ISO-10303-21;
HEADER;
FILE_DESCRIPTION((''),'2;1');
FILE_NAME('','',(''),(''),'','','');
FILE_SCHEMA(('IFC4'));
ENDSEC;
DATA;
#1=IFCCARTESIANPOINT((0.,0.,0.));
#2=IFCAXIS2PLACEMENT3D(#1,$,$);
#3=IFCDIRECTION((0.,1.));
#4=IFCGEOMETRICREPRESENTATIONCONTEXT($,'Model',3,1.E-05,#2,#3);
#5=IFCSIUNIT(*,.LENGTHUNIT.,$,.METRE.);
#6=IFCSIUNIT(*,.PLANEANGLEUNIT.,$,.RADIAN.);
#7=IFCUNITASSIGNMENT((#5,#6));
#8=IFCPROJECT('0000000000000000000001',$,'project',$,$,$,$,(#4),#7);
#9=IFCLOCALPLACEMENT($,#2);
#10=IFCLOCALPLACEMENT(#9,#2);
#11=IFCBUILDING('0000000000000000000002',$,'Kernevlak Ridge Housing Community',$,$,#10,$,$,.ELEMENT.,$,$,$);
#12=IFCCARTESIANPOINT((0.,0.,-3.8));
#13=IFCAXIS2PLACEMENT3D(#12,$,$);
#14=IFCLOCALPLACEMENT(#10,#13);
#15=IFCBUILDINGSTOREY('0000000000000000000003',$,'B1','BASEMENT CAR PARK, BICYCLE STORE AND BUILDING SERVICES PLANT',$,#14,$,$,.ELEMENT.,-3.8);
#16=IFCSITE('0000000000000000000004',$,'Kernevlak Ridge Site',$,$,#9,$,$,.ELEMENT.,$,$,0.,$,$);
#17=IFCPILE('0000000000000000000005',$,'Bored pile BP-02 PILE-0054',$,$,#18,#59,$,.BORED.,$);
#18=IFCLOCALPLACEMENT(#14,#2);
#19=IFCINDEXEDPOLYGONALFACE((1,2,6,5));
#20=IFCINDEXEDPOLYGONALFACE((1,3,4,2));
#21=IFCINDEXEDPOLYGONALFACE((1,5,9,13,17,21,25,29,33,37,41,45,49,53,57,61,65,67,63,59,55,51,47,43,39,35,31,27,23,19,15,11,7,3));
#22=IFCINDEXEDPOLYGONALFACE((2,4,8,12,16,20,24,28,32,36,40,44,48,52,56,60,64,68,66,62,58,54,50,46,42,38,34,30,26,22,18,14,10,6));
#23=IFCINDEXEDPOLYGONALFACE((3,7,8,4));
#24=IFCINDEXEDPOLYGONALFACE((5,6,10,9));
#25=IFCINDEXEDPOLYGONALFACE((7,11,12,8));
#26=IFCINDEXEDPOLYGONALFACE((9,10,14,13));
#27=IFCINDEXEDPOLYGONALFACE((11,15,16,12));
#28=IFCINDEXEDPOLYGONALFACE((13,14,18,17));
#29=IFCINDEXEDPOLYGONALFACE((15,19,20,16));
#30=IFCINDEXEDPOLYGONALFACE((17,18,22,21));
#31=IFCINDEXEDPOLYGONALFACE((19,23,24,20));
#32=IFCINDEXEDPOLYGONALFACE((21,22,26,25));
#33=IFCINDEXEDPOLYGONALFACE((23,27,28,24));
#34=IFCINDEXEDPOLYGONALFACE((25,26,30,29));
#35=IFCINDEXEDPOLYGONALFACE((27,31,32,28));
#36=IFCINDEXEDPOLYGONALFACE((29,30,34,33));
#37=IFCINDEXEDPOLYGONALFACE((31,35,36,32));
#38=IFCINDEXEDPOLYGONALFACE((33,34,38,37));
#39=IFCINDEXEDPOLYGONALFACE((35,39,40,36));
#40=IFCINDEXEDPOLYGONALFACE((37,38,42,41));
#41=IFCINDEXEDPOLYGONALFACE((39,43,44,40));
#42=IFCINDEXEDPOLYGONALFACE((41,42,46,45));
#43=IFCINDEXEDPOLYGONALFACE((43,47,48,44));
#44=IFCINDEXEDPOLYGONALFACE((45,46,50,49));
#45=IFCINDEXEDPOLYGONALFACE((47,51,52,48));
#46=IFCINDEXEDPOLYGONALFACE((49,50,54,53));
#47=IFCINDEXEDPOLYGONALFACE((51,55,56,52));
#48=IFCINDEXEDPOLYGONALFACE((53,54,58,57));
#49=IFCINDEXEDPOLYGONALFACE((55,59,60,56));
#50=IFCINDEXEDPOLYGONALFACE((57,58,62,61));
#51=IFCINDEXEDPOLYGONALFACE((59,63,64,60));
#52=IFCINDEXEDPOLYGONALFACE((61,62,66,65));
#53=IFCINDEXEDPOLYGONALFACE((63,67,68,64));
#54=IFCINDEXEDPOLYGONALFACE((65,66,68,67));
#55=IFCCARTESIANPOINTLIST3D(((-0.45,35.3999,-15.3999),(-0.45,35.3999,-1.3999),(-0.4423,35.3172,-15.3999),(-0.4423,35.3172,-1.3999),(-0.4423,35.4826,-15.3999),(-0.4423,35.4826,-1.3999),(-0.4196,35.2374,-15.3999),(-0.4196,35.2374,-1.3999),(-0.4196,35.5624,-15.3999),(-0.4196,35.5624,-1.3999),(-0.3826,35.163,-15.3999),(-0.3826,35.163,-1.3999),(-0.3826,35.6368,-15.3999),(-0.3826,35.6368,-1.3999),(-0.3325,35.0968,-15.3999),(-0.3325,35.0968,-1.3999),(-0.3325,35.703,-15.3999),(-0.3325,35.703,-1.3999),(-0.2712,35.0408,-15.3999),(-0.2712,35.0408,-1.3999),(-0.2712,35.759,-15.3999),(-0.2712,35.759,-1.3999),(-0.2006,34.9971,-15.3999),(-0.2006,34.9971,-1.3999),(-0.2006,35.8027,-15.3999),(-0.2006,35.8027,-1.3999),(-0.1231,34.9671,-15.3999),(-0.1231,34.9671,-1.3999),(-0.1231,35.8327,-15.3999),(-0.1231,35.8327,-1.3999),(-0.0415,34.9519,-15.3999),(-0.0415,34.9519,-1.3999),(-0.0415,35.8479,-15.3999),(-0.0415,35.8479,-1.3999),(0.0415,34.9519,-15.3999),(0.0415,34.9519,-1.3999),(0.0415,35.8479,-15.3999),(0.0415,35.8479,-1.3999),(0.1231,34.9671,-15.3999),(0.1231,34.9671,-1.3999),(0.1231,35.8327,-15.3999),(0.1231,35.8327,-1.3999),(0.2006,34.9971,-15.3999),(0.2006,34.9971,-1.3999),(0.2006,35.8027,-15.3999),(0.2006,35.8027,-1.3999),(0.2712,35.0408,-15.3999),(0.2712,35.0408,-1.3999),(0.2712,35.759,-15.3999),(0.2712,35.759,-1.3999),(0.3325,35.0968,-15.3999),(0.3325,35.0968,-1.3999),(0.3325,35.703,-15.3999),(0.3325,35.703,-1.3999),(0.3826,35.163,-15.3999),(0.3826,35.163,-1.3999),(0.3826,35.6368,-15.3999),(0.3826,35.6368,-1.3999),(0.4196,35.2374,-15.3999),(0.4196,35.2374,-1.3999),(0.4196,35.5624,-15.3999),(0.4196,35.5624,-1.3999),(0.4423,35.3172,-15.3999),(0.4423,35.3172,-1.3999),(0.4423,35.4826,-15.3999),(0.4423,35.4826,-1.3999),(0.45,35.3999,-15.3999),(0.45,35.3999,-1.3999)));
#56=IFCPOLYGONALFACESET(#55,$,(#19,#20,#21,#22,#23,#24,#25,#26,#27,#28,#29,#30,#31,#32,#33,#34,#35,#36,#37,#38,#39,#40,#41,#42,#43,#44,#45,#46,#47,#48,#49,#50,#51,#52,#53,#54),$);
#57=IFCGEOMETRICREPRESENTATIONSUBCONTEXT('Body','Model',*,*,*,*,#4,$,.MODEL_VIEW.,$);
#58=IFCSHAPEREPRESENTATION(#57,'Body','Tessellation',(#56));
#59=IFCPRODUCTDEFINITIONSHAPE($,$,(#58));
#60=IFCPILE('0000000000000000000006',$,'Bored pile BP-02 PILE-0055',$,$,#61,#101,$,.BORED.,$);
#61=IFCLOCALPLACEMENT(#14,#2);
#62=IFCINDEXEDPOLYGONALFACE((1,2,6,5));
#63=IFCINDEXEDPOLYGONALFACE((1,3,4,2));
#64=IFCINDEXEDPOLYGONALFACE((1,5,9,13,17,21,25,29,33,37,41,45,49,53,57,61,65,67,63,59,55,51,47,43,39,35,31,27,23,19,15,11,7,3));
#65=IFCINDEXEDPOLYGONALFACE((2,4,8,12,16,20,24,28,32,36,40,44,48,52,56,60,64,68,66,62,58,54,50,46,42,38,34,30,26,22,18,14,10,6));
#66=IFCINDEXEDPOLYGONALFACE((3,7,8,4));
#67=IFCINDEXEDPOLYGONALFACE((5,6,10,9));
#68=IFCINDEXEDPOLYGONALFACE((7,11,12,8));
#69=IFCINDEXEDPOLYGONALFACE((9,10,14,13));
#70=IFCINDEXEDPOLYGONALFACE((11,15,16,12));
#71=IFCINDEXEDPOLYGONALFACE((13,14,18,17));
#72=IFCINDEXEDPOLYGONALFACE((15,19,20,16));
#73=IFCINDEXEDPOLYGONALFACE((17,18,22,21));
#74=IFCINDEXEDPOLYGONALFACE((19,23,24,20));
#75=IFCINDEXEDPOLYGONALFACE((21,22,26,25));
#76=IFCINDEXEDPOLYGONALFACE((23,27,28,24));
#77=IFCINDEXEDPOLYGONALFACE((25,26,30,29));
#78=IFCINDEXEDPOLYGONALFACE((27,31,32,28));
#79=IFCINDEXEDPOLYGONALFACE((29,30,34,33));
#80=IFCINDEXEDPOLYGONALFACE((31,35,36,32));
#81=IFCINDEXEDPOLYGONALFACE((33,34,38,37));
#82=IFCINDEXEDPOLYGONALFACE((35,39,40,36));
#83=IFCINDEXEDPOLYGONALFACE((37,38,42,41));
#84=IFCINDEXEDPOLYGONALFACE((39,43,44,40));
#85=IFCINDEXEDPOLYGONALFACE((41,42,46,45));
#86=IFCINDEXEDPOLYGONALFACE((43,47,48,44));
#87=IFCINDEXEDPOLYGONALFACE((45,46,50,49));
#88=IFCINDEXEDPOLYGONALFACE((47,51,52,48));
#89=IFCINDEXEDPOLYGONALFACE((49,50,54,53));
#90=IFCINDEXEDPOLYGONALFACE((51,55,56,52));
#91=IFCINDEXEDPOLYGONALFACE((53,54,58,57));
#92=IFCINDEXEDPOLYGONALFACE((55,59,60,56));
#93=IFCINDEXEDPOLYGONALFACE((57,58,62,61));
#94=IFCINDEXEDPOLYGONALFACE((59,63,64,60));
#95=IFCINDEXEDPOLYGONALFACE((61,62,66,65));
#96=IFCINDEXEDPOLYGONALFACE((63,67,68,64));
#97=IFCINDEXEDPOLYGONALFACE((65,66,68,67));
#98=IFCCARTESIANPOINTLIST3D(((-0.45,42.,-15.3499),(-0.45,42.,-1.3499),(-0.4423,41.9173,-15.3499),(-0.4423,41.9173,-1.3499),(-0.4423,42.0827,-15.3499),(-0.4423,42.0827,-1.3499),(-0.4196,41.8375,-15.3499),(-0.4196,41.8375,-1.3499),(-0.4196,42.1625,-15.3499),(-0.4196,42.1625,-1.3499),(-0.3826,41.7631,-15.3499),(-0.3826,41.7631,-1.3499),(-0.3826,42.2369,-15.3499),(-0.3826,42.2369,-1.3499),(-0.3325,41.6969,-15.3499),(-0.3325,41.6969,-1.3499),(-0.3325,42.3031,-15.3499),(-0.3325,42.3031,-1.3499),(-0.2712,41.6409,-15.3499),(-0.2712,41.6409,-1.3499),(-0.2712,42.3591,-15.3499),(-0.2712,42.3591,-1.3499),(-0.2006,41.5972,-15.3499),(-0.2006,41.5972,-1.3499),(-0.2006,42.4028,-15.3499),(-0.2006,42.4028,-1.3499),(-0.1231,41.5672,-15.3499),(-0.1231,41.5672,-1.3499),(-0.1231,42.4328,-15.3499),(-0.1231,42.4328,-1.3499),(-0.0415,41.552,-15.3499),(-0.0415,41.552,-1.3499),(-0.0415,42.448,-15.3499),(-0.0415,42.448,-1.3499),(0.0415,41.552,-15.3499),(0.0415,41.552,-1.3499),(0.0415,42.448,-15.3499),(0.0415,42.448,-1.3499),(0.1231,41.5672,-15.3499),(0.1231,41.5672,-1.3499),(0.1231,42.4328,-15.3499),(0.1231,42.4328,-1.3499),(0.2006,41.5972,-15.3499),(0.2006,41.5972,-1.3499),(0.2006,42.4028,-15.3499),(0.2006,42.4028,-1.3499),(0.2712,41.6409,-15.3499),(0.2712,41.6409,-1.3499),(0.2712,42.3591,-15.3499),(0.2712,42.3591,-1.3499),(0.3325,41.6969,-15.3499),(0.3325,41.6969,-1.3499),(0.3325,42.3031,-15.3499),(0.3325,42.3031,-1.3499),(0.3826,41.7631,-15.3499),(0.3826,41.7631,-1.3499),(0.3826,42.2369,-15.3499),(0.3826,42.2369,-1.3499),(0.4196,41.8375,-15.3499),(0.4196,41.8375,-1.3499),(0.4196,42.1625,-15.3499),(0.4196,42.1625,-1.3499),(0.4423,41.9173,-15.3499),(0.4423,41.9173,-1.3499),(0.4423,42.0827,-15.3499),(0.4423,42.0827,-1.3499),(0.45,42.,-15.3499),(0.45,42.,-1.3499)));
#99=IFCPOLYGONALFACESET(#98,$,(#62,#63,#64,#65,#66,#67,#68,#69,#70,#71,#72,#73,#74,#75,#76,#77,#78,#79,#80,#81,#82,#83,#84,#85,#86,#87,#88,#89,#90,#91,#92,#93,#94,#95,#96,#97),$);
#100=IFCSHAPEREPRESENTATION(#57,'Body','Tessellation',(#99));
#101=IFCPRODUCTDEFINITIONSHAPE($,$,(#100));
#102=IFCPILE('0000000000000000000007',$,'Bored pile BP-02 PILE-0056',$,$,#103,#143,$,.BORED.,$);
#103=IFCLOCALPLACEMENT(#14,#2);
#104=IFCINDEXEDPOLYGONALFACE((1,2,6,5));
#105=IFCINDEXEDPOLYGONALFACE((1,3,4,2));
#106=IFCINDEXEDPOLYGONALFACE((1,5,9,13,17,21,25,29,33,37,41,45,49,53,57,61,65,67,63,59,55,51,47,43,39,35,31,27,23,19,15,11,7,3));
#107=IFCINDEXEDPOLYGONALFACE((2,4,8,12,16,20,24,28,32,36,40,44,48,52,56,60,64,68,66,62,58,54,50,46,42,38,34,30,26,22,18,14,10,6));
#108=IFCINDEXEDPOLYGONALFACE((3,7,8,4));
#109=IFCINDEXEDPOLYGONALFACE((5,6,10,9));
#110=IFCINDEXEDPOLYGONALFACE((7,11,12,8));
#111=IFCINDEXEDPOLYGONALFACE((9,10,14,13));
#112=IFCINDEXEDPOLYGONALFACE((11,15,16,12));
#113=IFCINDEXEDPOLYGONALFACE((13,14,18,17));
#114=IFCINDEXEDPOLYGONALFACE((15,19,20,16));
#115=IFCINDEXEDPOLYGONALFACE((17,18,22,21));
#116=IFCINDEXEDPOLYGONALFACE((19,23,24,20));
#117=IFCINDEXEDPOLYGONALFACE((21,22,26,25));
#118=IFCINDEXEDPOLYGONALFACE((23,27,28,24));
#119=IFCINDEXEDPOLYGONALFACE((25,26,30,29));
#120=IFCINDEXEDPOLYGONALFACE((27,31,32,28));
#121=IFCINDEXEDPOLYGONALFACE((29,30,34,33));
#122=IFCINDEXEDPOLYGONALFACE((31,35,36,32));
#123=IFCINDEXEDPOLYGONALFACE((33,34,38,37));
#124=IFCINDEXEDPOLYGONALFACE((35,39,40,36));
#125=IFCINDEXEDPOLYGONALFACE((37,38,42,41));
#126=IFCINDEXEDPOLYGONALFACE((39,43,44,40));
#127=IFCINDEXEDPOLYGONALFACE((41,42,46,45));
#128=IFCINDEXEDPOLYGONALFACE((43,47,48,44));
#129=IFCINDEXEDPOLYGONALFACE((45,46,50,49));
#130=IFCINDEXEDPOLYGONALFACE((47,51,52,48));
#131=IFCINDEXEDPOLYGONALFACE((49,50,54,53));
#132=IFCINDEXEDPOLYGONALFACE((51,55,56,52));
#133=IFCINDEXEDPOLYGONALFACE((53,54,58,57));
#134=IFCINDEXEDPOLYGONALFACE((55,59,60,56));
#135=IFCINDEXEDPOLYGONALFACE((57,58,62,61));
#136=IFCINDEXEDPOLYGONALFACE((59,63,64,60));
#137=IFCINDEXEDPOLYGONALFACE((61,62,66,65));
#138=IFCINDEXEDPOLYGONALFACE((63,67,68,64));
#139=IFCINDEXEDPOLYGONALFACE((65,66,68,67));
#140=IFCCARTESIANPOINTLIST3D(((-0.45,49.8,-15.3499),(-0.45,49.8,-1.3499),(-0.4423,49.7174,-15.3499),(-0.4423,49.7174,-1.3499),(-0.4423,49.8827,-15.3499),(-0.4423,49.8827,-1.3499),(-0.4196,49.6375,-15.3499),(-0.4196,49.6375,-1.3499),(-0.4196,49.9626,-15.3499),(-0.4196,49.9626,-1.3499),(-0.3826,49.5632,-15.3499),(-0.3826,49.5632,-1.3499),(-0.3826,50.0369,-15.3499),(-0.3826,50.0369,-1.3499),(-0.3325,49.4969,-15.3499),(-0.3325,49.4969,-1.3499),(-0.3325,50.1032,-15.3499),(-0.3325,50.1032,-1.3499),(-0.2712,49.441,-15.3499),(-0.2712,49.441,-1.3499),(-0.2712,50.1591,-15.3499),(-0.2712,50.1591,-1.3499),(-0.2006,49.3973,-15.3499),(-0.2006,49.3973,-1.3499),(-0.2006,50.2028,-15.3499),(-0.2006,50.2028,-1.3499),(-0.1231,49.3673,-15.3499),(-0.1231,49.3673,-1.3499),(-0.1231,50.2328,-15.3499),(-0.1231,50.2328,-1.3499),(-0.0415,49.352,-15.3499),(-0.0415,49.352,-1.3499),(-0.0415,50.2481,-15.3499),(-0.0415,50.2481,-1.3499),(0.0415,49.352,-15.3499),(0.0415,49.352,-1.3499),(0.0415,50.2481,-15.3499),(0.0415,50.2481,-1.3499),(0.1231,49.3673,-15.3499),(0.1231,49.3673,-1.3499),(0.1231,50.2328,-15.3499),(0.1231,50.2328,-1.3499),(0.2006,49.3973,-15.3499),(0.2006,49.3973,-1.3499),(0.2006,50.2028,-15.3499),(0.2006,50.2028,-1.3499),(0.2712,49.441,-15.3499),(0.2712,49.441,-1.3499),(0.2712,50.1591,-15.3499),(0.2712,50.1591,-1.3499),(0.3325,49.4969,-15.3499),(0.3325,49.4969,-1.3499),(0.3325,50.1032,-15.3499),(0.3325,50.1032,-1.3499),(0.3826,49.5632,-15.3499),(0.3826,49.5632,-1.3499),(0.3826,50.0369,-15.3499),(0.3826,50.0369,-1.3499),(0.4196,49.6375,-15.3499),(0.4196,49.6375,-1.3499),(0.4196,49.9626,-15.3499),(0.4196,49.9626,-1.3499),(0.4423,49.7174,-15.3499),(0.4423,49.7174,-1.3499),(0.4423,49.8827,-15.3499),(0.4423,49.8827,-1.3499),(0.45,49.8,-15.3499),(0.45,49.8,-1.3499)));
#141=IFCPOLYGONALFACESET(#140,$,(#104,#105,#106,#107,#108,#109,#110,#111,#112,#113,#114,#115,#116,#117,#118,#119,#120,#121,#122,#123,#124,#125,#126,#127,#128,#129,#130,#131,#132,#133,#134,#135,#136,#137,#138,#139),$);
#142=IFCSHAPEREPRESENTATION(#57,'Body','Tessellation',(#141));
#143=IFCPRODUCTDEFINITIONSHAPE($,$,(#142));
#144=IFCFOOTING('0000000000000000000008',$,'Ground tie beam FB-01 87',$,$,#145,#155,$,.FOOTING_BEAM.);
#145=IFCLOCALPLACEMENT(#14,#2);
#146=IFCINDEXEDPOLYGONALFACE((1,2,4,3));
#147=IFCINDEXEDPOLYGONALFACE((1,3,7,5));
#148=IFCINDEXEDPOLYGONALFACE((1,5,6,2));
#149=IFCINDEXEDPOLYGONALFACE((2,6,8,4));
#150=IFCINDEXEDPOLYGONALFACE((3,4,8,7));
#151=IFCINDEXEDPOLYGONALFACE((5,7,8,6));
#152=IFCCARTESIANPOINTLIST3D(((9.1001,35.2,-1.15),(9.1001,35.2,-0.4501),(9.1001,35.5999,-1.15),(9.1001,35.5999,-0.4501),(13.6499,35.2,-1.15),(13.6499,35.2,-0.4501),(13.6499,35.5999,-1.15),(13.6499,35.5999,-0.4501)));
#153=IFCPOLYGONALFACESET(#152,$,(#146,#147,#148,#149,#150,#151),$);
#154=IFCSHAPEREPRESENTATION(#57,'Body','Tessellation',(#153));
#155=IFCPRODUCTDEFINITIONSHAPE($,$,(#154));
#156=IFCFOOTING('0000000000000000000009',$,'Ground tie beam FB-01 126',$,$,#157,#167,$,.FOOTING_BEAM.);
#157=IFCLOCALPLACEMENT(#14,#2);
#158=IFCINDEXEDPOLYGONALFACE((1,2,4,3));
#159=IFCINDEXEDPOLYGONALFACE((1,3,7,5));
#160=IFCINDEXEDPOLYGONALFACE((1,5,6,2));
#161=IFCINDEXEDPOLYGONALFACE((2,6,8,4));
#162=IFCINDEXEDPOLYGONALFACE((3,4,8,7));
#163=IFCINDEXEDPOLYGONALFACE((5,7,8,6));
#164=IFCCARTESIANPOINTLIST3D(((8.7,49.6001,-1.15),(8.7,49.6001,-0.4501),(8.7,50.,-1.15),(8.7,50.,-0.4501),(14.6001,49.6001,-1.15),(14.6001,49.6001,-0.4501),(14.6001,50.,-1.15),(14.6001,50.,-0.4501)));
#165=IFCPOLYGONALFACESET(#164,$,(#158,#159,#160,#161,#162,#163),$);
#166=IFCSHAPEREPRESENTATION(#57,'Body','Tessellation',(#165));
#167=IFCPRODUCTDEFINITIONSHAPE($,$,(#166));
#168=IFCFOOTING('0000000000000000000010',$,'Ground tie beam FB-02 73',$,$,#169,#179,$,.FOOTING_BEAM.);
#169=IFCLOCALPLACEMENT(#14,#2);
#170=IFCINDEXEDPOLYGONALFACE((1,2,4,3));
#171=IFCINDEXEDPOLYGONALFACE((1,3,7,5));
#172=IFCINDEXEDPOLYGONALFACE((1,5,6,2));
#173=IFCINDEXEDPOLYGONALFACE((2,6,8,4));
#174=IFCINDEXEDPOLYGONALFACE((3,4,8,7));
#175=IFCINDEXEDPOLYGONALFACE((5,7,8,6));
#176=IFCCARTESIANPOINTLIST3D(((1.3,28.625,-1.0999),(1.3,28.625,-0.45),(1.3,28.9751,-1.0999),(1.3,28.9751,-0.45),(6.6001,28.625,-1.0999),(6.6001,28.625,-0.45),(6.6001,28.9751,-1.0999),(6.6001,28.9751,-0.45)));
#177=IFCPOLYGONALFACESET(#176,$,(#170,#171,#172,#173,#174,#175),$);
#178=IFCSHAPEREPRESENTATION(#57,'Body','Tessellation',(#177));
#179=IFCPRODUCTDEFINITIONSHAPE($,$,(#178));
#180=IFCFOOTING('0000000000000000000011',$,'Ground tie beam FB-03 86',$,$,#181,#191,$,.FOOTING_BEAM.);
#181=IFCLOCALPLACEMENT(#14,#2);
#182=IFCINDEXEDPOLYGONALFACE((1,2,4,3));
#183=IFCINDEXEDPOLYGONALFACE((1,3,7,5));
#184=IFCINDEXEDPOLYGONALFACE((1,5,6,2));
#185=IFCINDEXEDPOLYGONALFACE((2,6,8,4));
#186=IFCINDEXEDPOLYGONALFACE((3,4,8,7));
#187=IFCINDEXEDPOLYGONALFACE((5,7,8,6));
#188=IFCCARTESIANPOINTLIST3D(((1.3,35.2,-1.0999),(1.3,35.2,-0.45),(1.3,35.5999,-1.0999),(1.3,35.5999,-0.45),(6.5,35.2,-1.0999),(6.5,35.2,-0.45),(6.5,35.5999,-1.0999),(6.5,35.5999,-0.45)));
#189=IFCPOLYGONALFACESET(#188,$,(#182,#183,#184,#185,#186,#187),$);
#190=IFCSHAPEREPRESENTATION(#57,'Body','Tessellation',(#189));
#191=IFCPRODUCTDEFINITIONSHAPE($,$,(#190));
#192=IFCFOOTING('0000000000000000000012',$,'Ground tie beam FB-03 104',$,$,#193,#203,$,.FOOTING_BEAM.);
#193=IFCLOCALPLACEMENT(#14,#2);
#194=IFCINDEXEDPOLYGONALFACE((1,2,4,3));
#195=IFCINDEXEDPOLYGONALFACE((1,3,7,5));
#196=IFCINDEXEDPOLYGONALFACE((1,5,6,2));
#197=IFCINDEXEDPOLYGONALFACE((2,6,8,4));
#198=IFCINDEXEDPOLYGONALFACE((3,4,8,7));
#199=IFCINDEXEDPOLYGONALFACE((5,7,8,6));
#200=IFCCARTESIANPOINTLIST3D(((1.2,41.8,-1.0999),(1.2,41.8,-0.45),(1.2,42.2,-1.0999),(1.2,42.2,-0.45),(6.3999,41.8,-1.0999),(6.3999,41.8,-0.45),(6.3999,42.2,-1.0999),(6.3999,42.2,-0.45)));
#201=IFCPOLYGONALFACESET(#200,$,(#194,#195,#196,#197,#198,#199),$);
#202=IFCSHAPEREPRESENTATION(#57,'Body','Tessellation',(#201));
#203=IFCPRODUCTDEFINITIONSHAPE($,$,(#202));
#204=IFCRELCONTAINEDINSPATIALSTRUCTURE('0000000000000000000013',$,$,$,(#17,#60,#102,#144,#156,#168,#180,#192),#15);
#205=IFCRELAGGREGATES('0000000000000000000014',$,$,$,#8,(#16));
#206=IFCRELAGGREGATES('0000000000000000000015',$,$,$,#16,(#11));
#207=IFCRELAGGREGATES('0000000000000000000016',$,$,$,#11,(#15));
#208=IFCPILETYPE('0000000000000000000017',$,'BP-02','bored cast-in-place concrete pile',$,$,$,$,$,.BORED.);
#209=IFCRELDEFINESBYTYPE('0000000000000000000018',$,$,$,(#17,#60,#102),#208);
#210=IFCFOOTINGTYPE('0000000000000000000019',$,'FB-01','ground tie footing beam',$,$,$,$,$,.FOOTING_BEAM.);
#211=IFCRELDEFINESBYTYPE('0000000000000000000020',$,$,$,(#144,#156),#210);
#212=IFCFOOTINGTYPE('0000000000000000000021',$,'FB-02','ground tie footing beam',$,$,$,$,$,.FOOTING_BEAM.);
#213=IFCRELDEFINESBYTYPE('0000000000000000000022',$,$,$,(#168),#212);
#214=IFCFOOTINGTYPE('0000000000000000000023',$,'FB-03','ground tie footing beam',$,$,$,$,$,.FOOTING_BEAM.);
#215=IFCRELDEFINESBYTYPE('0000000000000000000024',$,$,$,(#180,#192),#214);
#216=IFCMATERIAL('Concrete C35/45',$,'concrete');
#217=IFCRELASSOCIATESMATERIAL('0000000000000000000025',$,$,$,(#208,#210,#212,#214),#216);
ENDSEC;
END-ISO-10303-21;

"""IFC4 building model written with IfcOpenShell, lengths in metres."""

from ifc_helpers import new_model, si_unit, direction, frame, origin, origin_2d, place, context, subcontext, project, spatial, rectangle, circle, extrude, material, material_profile, profile_set, type_object, element, save


model = new_model("IFC4")

# Units and contexts
model_context = context("Model", 3, precision=1e-05, world=origin(), true_north=direction((0.0, 1.0)))
body_context = subcontext(model_context, "Body", "Model", "MODEL_VIEW")
ifc_project = project(units=[si_unit("LENGTHUNIT", "METRE"), si_unit("PLANEANGLEUNIT", "RADIAN")], contexts=[model_context])

# Site, building, storey
site_placement = place(None, origin())
site = spatial("IfcSite", under=ifc_project, at=site_placement, Name="Kernevlak Ridge Site", CompositionType="ELEMENT", RefElevation=0.0)
building_placement = place(site_placement, origin())
building = spatial("IfcBuilding", under=site, at=building_placement, Name="Kernevlak Ridge Housing Community", CompositionType="ELEMENT")
storey_placement = place(building_placement, frame((0.0, 0.0, -3.8)))
storey = spatial("IfcBuildingStorey", under=building, at=storey_placement, Name="B1", Description="BASEMENT CAR PARK, BICYCLE STORE AND BUILDING SERVICES PLANT", CompositionType="ELEMENT", Elevation=-3.8)

# Piles
ifc_material_1 = material(Name="Concrete C35/45", Category="concrete")
ifc_material_profile_1 = material_profile(ifc_material_1, circle(Radius=0.45, at=origin_2d()), Name="BORED PILE 900")
ifc_profile_set_1 = profile_set([ifc_material_profile_1], Name="Concrete C35/45")
pile_type = type_object("IfcPileType", Name="BP-02", Description="bored cast-in-place concrete pile", PredefinedType="BORED", material=ifc_profile_set_1)
for number, where, z_axis, x_axis, name in (
    (1, (0.0, 35.3999, -1.3999), (0.0, 0.0, -1.0), (1.0, 0.0, 0.0), "Bored pile BP-02 PILE-0054"),
    (2, (0.0, 42.0, -1.3499), (0.0, 0.0, -1.0), (1.0, 0.0, 0.0), "Bored pile BP-02 PILE-0055"),
    (3, (0.0, 49.8, -1.3499), (0.0, 0.0, -1.0), (1.0, 0.0, 0.0), "Bored pile BP-02 PILE-0056"),
):
    element("IfcPile", number, at=place(storey_placement, frame(where, z_axis=z_axis, x_axis=x_axis)), inside=storey, type_object=pile_type, Name=name, PredefinedType="BORED", context=body_context, shape_type="SweptSolid", body=[
        extrude(circle(Radius=0.45, at=origin_2d()), origin(), (0.0, 0.0, 1.0), 14.0),
    ])

# Footings
ifc_material_profile_2 = material_profile(ifc_material_1, rectangle(XDim=0.3999, YDim=0.7, at=origin_2d()), Name="RC 400x700")
ifc_profile_set_2 = profile_set([ifc_material_profile_2], Name="Concrete C35/45")
footing_type_1 = type_object("IfcFootingType", Name="FB-01", Description="ground tie footing beam", PredefinedType="FOOTING_BEAM", material=ifc_profile_set_2)
footing_1_placement = place(storey_placement, frame((9.1001, 35.3999, -0.8), z_axis=(1.0, 0.0, 0.0), x_axis=(0.0, 1.0, 0.0)))
element("IfcFooting", 4, at=footing_1_placement, inside=storey, type_object=footing_type_1, Name="Ground tie beam FB-01 87", PredefinedType="FOOTING_BEAM", context=body_context, shape_type="SweptSolid", body=[
    extrude(rectangle(XDim=0.3999, YDim=0.7, at=origin_2d()), origin(), (0.0, 0.0, 1.0), 4.5498),
])
footing_2_placement = place(storey_placement, frame((8.7, 49.8, -0.8), z_axis=(1.0, 0.0, 0.0), x_axis=(0.0, 1.0, 0.0)))
element("IfcFooting", 5, at=footing_2_placement, inside=storey, type_object=footing_type_1, Name="Ground tie beam FB-01 126", PredefinedType="FOOTING_BEAM", context=body_context, shape_type="SweptSolid", body=[
    extrude(rectangle(XDim=0.3999, YDim=0.7, at=origin_2d()), origin(), (0.0, 0.0, 1.0), 5.9001),
])
ifc_material_profile_3 = material_profile(ifc_material_1, rectangle(XDim=0.3501, YDim=0.6499, at=origin_2d()), Name="RC 350x650")
ifc_profile_set_3 = profile_set([ifc_material_profile_3], Name="Concrete C35/45")
footing_type_2 = type_object("IfcFootingType", Name="FB-02", Description="ground tie footing beam", PredefinedType="FOOTING_BEAM", material=ifc_profile_set_3)
footing_3_placement = place(storey_placement, frame((1.3, 28.8, -0.7749), z_axis=(1.0, 0.0, 0.0), x_axis=(0.0, 1.0, 0.0)))
element("IfcFooting", 6, at=footing_3_placement, inside=storey, type_object=footing_type_2, Name="Ground tie beam FB-02 73", PredefinedType="FOOTING_BEAM", context=body_context, shape_type="SweptSolid", body=[
    extrude(rectangle(XDim=0.3501, YDim=0.6499, at=origin_2d()), origin(), (0.0, 0.0, 1.0), 5.3),
])
ifc_material_profile_4 = material_profile(ifc_material_1, rectangle(XDim=0.3999, YDim=0.6499, at=origin_2d()), Name="RC 400x650")
ifc_profile_set_4 = profile_set([ifc_material_profile_4], Name="Concrete C35/45")
footing_type_3 = type_object("IfcFootingType", Name="FB-03", Description="ground tie footing beam", PredefinedType="FOOTING_BEAM", material=ifc_profile_set_4)
for number, where, z_axis, x_axis, name in (
    (7, (1.3, 35.3999, -0.7749), (1.0, 0.0, 0.0), (0.0, 1.0, 0.0), "Ground tie beam FB-03 86"),
    (8, (1.2, 42.0, -0.7749), (1.0, 0.0, 0.0), (0.0, 1.0, 0.0), "Ground tie beam FB-03 104"),
):
    element("IfcFooting", number, at=place(storey_placement, frame(where, z_axis=z_axis, x_axis=x_axis)), inside=storey, type_object=footing_type_3, Name=name, PredefinedType="FOOTING_BEAM", context=body_context, shape_type="SweptSolid", body=[
        extrude(rectangle(XDim=0.3999, YDim=0.6499, at=origin_2d()), origin(), (0.0, 0.0, 1.0), 5.2),
    ])

save(model, "model.ifc")
